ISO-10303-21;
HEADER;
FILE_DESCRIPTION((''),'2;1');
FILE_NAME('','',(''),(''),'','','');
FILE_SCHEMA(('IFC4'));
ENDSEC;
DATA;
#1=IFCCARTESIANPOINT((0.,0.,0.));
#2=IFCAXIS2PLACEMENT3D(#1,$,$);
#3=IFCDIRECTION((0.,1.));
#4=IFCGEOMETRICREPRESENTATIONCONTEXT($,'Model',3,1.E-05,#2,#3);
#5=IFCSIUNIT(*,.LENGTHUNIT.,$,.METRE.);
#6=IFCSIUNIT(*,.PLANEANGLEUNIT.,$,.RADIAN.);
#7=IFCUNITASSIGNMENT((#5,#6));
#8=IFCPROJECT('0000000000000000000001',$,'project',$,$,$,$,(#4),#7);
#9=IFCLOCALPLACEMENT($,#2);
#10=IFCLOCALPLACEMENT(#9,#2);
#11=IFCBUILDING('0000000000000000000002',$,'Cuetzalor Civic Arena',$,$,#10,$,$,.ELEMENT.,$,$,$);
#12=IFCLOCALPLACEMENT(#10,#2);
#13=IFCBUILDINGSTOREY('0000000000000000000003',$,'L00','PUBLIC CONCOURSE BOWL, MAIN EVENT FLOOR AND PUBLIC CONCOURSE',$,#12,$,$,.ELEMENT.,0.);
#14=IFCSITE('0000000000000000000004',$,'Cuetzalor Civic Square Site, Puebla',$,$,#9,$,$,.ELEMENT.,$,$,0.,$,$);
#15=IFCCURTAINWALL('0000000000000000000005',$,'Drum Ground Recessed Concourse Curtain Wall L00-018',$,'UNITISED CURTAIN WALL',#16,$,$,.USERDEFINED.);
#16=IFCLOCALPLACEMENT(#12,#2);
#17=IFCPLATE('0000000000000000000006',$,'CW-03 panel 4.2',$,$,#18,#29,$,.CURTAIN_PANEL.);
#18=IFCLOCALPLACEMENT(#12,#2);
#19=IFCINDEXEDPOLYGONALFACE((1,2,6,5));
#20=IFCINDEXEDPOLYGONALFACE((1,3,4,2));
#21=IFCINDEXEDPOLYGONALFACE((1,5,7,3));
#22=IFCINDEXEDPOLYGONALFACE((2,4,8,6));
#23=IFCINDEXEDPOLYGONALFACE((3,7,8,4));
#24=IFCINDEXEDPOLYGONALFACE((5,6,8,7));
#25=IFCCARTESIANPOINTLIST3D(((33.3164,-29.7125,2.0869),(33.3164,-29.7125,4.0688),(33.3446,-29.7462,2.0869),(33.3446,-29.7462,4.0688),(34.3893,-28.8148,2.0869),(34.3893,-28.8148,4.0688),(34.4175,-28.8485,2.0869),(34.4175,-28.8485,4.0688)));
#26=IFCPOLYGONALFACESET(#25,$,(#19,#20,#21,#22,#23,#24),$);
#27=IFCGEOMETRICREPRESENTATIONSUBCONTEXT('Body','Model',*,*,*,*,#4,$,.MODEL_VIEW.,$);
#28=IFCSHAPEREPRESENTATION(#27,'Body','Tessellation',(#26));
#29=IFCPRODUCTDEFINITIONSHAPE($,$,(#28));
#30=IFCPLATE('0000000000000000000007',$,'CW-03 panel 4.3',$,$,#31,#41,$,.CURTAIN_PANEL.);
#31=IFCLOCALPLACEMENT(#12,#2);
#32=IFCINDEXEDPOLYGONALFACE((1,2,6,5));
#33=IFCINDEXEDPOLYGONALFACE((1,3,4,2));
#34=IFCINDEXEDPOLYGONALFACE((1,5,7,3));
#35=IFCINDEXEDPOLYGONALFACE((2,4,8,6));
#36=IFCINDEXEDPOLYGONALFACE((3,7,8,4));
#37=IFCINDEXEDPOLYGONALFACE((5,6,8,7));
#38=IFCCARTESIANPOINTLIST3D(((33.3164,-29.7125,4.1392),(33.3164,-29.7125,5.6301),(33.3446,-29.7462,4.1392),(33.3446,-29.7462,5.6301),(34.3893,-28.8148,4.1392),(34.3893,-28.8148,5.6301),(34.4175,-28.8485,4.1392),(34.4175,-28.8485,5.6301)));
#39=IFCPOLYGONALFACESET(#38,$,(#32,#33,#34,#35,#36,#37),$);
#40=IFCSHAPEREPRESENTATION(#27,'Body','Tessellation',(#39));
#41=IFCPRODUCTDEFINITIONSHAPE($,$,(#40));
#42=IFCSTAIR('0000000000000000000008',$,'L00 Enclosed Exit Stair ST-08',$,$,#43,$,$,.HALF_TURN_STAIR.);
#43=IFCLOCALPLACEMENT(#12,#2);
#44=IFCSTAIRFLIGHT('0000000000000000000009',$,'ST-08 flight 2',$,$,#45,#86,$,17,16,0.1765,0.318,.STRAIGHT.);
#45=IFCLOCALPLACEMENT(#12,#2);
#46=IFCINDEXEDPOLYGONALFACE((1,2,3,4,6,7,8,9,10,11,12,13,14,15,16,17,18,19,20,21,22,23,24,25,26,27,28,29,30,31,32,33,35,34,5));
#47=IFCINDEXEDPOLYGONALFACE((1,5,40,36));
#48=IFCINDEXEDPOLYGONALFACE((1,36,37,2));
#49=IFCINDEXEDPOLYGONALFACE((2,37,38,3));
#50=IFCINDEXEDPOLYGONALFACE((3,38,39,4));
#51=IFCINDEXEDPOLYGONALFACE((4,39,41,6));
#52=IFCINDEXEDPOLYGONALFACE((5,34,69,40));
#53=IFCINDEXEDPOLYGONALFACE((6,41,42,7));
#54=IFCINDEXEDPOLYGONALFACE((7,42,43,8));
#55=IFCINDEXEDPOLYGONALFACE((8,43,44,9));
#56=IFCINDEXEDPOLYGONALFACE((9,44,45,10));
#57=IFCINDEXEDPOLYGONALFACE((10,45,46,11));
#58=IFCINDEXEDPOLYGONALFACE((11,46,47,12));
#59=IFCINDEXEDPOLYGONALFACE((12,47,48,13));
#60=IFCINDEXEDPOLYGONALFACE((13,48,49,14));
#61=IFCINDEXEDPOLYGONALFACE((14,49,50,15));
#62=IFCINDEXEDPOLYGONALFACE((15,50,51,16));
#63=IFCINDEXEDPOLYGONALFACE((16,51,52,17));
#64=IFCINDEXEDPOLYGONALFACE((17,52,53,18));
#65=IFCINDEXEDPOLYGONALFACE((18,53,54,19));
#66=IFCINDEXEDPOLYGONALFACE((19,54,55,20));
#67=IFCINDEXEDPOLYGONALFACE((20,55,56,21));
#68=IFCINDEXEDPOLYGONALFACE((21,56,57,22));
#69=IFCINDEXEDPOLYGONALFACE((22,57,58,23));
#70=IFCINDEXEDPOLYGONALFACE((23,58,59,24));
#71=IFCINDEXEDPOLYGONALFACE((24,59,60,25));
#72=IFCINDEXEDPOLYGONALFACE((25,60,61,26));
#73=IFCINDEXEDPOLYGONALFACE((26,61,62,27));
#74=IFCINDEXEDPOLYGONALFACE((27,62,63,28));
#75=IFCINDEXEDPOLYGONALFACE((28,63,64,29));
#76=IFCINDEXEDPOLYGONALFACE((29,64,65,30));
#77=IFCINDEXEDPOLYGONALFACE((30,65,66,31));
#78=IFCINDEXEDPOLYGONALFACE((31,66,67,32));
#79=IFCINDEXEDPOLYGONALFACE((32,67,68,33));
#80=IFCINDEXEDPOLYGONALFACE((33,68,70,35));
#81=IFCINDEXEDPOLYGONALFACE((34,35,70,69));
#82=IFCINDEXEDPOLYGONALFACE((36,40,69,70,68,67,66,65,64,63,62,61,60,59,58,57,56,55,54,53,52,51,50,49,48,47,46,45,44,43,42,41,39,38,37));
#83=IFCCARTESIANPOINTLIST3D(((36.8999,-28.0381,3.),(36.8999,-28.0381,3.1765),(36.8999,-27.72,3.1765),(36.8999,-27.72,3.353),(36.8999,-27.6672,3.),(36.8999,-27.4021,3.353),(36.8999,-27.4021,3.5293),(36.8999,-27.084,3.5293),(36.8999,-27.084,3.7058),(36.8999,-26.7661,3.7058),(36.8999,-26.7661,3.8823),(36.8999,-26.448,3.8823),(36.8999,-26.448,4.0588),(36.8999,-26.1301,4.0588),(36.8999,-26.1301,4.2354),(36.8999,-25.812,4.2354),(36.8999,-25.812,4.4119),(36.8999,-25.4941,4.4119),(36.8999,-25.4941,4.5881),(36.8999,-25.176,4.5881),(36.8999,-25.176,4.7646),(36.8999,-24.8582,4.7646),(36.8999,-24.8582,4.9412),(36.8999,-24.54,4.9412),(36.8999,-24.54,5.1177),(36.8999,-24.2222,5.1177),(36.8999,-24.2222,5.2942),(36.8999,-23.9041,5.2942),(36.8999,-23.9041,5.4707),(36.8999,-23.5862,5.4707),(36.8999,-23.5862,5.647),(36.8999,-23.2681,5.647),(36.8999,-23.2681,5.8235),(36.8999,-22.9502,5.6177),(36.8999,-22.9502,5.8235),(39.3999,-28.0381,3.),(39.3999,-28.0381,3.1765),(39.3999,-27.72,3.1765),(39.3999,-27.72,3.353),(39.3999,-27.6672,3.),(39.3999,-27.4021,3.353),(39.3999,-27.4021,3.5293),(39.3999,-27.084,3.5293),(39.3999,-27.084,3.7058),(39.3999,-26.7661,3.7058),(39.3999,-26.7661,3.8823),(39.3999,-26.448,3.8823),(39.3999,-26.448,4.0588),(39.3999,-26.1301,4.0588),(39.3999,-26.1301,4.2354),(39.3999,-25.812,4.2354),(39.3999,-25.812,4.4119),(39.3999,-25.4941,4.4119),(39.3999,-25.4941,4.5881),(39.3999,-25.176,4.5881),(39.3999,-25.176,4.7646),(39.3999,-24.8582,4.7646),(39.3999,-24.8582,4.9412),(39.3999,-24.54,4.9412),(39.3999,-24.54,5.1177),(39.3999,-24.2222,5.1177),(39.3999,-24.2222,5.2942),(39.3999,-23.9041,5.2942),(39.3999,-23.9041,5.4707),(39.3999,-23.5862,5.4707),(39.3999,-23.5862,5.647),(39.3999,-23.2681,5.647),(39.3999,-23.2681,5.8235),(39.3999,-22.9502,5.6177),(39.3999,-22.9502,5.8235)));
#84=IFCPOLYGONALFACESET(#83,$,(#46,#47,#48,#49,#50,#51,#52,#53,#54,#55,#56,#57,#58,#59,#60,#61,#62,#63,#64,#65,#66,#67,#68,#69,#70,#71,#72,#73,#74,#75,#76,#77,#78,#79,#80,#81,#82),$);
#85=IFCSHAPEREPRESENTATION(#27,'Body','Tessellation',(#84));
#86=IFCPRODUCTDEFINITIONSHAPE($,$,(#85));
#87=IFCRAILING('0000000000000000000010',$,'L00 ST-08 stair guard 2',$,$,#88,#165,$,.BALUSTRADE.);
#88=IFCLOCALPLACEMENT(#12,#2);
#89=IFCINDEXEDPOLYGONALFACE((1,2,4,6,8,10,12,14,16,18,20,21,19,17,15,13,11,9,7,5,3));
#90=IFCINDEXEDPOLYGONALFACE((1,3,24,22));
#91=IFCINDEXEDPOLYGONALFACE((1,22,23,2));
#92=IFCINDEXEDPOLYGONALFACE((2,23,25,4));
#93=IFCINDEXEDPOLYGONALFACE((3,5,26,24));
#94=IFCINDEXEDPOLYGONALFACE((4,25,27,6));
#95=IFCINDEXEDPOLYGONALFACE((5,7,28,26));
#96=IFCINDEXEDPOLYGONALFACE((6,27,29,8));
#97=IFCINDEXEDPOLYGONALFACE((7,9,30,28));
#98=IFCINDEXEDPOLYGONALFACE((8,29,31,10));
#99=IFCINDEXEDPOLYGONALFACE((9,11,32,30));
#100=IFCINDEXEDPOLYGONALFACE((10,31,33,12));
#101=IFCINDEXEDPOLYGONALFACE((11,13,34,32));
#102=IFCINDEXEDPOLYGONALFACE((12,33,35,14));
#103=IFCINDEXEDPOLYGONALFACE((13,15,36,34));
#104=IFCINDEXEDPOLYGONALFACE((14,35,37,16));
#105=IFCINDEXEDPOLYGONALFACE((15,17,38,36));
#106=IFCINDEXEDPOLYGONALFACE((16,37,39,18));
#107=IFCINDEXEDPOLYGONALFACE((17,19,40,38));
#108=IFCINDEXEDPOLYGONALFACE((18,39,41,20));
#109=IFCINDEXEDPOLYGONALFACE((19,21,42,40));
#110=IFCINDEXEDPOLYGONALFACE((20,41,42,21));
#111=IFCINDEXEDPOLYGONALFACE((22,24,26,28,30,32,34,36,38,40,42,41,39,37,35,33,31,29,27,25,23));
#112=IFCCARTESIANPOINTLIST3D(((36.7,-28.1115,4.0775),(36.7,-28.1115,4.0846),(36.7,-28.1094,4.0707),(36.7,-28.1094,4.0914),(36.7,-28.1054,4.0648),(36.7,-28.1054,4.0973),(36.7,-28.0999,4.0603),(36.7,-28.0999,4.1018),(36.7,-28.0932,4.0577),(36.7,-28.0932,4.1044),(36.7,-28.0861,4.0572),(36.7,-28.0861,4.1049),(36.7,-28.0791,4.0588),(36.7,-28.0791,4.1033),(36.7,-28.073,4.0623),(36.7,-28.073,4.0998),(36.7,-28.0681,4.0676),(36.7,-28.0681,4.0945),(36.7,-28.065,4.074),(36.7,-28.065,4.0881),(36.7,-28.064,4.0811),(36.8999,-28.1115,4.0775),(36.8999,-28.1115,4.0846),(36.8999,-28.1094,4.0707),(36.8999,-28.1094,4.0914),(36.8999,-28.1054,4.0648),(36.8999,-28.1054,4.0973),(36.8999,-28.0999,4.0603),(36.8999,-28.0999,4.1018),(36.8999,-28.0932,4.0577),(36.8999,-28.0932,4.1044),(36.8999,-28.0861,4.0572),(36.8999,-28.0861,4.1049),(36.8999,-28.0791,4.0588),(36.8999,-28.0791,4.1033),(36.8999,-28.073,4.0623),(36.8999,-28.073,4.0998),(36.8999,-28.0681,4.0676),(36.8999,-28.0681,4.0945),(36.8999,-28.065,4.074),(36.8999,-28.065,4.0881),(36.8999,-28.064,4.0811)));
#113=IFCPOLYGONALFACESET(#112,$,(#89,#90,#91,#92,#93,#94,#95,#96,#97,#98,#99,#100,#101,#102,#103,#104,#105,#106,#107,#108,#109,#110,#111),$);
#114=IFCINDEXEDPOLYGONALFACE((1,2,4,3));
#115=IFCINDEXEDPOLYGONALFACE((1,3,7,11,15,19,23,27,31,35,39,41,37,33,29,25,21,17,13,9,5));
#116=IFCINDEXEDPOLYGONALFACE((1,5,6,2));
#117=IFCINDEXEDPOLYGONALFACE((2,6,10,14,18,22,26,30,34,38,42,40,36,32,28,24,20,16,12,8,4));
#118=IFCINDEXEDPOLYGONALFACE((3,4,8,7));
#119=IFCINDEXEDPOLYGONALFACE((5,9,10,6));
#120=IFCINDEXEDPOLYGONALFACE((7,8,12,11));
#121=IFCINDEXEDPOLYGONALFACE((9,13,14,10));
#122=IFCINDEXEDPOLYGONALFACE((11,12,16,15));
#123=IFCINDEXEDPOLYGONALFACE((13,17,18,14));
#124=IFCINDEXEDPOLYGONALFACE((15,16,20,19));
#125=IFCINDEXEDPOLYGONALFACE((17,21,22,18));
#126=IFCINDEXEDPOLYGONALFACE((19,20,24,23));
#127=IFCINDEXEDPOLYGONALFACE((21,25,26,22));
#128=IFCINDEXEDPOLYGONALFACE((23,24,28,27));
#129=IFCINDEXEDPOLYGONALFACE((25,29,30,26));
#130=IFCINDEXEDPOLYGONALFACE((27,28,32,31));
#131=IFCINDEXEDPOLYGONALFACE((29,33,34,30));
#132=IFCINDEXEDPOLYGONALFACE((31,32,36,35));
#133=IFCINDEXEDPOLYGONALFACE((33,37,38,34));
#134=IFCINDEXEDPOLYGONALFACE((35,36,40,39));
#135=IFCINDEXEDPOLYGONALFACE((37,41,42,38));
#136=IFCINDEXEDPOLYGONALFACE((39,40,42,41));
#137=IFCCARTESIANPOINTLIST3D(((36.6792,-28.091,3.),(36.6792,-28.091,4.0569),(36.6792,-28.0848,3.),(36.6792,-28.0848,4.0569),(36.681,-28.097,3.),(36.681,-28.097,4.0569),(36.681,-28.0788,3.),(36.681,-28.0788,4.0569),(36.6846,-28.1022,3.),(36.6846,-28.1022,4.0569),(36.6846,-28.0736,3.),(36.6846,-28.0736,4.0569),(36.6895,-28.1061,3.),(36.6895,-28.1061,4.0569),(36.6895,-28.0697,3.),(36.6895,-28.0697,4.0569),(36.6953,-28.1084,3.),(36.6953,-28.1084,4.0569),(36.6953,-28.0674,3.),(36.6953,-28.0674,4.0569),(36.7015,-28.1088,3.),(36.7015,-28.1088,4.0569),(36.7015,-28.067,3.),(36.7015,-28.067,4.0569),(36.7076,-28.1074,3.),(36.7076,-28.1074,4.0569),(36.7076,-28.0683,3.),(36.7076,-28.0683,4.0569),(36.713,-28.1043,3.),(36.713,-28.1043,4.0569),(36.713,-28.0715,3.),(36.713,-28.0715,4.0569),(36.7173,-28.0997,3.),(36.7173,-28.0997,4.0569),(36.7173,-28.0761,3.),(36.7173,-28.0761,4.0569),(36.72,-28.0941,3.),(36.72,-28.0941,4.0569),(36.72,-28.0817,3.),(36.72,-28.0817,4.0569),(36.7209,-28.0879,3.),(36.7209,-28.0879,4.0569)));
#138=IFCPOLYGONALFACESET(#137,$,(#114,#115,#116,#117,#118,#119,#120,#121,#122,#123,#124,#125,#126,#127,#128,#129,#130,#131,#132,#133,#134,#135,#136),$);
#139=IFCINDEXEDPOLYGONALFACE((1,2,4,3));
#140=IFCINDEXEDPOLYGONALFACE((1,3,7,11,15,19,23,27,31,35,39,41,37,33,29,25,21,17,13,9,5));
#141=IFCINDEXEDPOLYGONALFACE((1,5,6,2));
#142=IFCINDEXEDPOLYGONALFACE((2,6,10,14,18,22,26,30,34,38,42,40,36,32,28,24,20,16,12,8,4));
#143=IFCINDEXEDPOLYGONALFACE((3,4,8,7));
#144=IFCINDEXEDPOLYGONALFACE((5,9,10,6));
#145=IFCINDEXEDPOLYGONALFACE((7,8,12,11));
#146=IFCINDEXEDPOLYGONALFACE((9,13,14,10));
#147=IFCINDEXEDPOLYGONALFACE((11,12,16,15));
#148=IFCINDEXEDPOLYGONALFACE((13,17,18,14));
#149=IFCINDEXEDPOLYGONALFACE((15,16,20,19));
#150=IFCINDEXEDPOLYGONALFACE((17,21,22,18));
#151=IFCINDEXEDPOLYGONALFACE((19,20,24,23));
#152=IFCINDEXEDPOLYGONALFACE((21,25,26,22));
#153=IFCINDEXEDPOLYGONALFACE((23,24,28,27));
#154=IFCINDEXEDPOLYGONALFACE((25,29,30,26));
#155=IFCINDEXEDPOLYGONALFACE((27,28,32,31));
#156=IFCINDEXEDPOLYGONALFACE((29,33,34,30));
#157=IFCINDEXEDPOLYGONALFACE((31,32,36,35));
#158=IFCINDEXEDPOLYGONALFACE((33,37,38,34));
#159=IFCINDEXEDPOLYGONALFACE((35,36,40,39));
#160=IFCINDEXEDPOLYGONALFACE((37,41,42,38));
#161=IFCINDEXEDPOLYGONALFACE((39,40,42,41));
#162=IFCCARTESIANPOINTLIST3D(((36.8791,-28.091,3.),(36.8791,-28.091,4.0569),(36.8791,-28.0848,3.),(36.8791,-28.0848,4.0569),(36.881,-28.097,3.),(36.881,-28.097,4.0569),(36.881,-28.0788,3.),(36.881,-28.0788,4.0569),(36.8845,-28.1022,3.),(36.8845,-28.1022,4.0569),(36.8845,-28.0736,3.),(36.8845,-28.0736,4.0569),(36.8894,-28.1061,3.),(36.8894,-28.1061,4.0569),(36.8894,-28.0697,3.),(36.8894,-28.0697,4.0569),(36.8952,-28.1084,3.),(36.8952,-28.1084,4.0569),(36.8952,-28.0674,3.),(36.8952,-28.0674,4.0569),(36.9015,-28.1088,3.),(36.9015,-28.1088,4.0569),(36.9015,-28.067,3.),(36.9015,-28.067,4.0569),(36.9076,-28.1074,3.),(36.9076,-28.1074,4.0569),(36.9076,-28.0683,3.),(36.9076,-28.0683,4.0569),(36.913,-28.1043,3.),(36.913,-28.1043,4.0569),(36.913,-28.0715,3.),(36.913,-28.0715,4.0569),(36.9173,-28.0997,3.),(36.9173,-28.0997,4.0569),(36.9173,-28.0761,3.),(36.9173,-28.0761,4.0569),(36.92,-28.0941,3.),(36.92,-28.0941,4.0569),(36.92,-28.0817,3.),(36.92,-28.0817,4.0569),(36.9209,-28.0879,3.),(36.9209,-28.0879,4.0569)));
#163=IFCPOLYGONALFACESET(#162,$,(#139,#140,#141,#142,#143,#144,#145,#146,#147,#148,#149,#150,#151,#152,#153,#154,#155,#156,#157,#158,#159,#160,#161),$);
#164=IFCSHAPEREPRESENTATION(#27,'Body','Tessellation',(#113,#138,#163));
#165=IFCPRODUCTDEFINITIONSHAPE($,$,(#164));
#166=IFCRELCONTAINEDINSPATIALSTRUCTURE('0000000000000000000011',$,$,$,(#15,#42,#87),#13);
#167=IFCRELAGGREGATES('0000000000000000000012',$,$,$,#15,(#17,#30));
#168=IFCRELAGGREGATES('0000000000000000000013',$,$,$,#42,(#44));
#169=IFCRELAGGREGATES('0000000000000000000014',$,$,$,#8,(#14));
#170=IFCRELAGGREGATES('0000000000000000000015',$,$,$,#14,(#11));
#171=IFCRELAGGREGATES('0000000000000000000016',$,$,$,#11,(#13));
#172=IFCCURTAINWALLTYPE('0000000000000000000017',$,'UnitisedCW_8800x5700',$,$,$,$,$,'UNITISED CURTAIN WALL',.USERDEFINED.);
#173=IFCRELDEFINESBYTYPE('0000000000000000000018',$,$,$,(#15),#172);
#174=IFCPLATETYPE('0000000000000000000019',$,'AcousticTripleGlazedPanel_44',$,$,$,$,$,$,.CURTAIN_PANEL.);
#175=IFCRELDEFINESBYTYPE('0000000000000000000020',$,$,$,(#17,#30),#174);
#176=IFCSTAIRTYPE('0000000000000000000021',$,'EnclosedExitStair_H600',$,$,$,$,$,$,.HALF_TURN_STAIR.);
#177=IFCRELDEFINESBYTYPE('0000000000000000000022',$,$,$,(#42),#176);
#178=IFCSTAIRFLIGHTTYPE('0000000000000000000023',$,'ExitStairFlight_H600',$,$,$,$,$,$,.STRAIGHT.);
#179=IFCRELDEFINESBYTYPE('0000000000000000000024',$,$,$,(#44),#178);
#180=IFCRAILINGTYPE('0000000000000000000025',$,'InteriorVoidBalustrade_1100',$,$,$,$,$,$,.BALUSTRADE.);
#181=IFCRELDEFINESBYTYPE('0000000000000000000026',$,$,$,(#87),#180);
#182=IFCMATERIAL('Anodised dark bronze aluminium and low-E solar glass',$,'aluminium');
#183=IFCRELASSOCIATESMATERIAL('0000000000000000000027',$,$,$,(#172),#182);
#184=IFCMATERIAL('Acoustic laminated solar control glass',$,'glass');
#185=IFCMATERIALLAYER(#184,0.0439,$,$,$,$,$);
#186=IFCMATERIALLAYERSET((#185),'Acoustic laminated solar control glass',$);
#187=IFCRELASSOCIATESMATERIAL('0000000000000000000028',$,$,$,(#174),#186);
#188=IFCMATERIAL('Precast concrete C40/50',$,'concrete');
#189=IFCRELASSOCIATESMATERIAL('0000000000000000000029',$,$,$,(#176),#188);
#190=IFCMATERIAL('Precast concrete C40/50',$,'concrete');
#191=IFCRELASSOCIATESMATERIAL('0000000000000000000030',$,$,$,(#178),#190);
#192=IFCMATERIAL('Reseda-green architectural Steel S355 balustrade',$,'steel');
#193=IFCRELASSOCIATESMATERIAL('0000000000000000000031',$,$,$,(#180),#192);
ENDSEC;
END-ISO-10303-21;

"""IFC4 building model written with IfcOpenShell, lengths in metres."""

from ifc_helpers import new_model, si_unit, direction, frame, origin, origin_2d, place, context, subcontext, project, spatial, polyline, rectangle, circle, outline, extrude, material, layer, layer_set, type_object, element, aggregate, save


model = new_model("IFC4")

# Units and contexts
model_context = context("Model", 3, precision=1e-05, world=origin(), true_north=direction((0.0, 1.0)))
body_context = subcontext(model_context, "Body", "Model", "MODEL_VIEW")
ifc_project = project(units=[si_unit("LENGTHUNIT", "METRE"), si_unit("PLANEANGLEUNIT", "RADIAN")], contexts=[model_context])

# Site, building, storey
site_placement = place(None, origin())
site = spatial("IfcSite", under=ifc_project, at=site_placement, Name="Cuetzalor Civic Square Site, Puebla", CompositionType="ELEMENT", RefElevation=0.0)
building_placement = place(site_placement, origin())
building = spatial("IfcBuilding", under=site, at=building_placement, Name="Cuetzalor Civic Arena", CompositionType="ELEMENT")
storey_placement = place(building_placement, origin())
storey = spatial("IfcBuildingStorey", under=building, at=storey_placement, Name="L00", Description="PUBLIC CONCOURSE BOWL, MAIN EVENT FLOOR AND PUBLIC CONCOURSE", CompositionType="ELEMENT", Elevation=0.0)

# Curtain wall, plates
ifc_material_1 = material(Name="Anodised dark bronze aluminium and low-E solar glass", Category="aluminium")
curtain_wall_type = type_object("IfcCurtainWallType", Name="UnitisedCW_8800x5700", ElementType="UNITISED CURTAIN WALL", PredefinedType="USERDEFINED", material=ifc_material_1)
curtain_wall_placement = place(storey_placement, origin())
curtain_wall = element("IfcCurtainWall", 1, at=curtain_wall_placement, inside=storey, type_object=curtain_wall_type, Name="Drum Ground Recessed Concourse Curtain Wall L00-018", ObjectType="UNITISED CURTAIN WALL", PredefinedType="USERDEFINED")
ifc_material_2 = material(Name="Acoustic laminated solar control glass", Category="glass")
ifc_layer = layer(ifc_material_2, 0.0439)
ifc_layer_set = layer_set([ifc_layer], Name="Acoustic laminated solar control glass")
plate_type = type_object("IfcPlateType", Name="AcousticTripleGlazedPanel_44", PredefinedType="CURTAIN_PANEL", material=ifc_layer_set)
plate_1_placement = place(storey_placement, frame((33.8669, -29.2805, 2.0869), z_axis=(0.0, 0.0, 1.0), x_axis=(-0.766928, -0.641733, 0.0)))
plate_1 = element("IfcPlate", 2, at=plate_1_placement, type_object=plate_type, Name="CW-03 panel 4.2", PredefinedType="CURTAIN_PANEL", context=body_context, shape_type="SweptSolid", body=[
    extrude(rectangle(XDim=1.3989, YDim=0.0439, at=origin_2d()), origin(), (0.0, 0.0, 1.0), 1.9819),
])
plate_2_placement = place(storey_placement, frame((33.8669, -29.2805, 4.1392), z_axis=(0.0, 0.0, 1.0), x_axis=(-0.766928, -0.641733, 0.0)))
plate_2 = element("IfcPlate", 3, at=plate_2_placement, type_object=plate_type, Name="CW-03 panel 4.3", PredefinedType="CURTAIN_PANEL", context=body_context, shape_type="SweptSolid", body=[
    extrude(rectangle(XDim=1.3989, YDim=0.0439, at=origin_2d()), origin(), (0.0, 0.0, 1.0), 1.491),
])
aggregate(curtain_wall, [plate_1, plate_2])

# Stair, stair flight
ifc_material_3 = material(Name="Precast concrete C40/50", Category="concrete")
stair_type = type_object("IfcStairType", Name="EnclosedExitStair_H600", PredefinedType="HALF_TURN_STAIR", material=ifc_material_3)
stair_placement = place(storey_placement, origin())
stair = element("IfcStair", 4, at=stair_placement, inside=storey, type_object=stair_type, Name="L00 Enclosed Exit Stair ST-08", PredefinedType="HALF_TURN_STAIR")
ifc_material_4 = material(Name="Precast concrete C40/50", Category="concrete")
stair_flight_type = type_object("IfcStairFlightType", Name="ExitStairFlight_H600", PredefinedType="STRAIGHT", material=ifc_material_4)
stair_flight_placement = place(storey_placement, frame((38.1499, -28.0381, 3.0), z_axis=(0.0, 0.0, 1.0), x_axis=(0.0, 1.0, 0.0)))
stair_flight = element("IfcStairFlight", 5, at=stair_flight_placement, type_object=stair_flight_type, Name="ST-08 flight 2", NumberOfRisers=17, NumberOfTreads=16, PredefinedType="STRAIGHT", RiserHeight=0.1765, TreadLength=0.318, context=body_context, shape_type="SweptSolid", body=[
    extrude(outline(polyline([(0.0, 0.0), (0.0, 0.1765), (0.3181, 0.1765), (0.3181, 0.353), (0.636, 0.353), (0.636, 0.5293), (0.9541, 0.5293), (0.9541, 0.7058), (1.272, 0.7058), (1.272, 0.8823), (1.5901, 0.8823), (1.5901, 1.0588), (1.908, 1.0588), (1.908, 1.2354), (2.2261, 1.2354), (2.2261, 1.4119), (2.5439, 1.4119), (2.5439, 1.5881), (2.8621, 1.5881), (2.8621, 1.7646), (3.1799, 1.7646), (3.1799, 1.9412), (3.498, 1.9412), (3.498, 2.1177), (3.8159, 2.1177), (3.8159, 2.2942), (4.134, 2.2942), (4.134, 2.4707), (4.4519, 2.4707), (4.4519, 2.647), (4.77, 2.647), (4.77, 2.8235), (5.0879, 2.8235), (5.0879, 3.0), (5.0879, 2.6177), (0.3708, 0.0), (0.0, 0.0)])), frame((0.0, 1.25, 0.0), z_axis=(0.0, -1.0, 0.0), x_axis=(1.0, 0.0, 0.0)), (0.0, 0.0, 1.0), 2.5),
])
aggregate(stair, [stair_flight])

# Railing
ifc_material_5 = material(Name="Reseda-green architectural Steel S355 balustrade", Category="steel")
railing_type_1 = type_object("IfcRailingType", Name="InteriorVoidBalustrade_1100", PredefinedType="BALUSTRADE", material=ifc_material_5)
railing_1_placement = place(storey_placement, frame((36.7, -28.0879, 3.0)))
element("IfcRailing", 6, at=railing_1_placement, inside=storey, type_object=railing_type_1, Name="L00 ST-08 stair guard 2", PredefinedType="BALUSTRADE", context=body_context, shape_type="SweptSolid", body=[
    extrude(circle(Radius=0.0239, at=origin_2d()), frame((0.0, 0.0, 1.0811), z_axis=(1.0, 0.0, 0.0), x_axis=(0.0, 1.0, 0.0)), (0.0, 0.0, 1.0), 0.2),
    extrude(circle(Radius=0.021, at=origin_2d()), origin(), (0.0, 0.0, 1.0), 1.0569),
    extrude(circle(Radius=0.021, at=origin_2d()), frame((0.2, 0.0, 0.0)), (0.0, 0.0, 1.0), 1.0569),
])

save(model, "model.ifc")
